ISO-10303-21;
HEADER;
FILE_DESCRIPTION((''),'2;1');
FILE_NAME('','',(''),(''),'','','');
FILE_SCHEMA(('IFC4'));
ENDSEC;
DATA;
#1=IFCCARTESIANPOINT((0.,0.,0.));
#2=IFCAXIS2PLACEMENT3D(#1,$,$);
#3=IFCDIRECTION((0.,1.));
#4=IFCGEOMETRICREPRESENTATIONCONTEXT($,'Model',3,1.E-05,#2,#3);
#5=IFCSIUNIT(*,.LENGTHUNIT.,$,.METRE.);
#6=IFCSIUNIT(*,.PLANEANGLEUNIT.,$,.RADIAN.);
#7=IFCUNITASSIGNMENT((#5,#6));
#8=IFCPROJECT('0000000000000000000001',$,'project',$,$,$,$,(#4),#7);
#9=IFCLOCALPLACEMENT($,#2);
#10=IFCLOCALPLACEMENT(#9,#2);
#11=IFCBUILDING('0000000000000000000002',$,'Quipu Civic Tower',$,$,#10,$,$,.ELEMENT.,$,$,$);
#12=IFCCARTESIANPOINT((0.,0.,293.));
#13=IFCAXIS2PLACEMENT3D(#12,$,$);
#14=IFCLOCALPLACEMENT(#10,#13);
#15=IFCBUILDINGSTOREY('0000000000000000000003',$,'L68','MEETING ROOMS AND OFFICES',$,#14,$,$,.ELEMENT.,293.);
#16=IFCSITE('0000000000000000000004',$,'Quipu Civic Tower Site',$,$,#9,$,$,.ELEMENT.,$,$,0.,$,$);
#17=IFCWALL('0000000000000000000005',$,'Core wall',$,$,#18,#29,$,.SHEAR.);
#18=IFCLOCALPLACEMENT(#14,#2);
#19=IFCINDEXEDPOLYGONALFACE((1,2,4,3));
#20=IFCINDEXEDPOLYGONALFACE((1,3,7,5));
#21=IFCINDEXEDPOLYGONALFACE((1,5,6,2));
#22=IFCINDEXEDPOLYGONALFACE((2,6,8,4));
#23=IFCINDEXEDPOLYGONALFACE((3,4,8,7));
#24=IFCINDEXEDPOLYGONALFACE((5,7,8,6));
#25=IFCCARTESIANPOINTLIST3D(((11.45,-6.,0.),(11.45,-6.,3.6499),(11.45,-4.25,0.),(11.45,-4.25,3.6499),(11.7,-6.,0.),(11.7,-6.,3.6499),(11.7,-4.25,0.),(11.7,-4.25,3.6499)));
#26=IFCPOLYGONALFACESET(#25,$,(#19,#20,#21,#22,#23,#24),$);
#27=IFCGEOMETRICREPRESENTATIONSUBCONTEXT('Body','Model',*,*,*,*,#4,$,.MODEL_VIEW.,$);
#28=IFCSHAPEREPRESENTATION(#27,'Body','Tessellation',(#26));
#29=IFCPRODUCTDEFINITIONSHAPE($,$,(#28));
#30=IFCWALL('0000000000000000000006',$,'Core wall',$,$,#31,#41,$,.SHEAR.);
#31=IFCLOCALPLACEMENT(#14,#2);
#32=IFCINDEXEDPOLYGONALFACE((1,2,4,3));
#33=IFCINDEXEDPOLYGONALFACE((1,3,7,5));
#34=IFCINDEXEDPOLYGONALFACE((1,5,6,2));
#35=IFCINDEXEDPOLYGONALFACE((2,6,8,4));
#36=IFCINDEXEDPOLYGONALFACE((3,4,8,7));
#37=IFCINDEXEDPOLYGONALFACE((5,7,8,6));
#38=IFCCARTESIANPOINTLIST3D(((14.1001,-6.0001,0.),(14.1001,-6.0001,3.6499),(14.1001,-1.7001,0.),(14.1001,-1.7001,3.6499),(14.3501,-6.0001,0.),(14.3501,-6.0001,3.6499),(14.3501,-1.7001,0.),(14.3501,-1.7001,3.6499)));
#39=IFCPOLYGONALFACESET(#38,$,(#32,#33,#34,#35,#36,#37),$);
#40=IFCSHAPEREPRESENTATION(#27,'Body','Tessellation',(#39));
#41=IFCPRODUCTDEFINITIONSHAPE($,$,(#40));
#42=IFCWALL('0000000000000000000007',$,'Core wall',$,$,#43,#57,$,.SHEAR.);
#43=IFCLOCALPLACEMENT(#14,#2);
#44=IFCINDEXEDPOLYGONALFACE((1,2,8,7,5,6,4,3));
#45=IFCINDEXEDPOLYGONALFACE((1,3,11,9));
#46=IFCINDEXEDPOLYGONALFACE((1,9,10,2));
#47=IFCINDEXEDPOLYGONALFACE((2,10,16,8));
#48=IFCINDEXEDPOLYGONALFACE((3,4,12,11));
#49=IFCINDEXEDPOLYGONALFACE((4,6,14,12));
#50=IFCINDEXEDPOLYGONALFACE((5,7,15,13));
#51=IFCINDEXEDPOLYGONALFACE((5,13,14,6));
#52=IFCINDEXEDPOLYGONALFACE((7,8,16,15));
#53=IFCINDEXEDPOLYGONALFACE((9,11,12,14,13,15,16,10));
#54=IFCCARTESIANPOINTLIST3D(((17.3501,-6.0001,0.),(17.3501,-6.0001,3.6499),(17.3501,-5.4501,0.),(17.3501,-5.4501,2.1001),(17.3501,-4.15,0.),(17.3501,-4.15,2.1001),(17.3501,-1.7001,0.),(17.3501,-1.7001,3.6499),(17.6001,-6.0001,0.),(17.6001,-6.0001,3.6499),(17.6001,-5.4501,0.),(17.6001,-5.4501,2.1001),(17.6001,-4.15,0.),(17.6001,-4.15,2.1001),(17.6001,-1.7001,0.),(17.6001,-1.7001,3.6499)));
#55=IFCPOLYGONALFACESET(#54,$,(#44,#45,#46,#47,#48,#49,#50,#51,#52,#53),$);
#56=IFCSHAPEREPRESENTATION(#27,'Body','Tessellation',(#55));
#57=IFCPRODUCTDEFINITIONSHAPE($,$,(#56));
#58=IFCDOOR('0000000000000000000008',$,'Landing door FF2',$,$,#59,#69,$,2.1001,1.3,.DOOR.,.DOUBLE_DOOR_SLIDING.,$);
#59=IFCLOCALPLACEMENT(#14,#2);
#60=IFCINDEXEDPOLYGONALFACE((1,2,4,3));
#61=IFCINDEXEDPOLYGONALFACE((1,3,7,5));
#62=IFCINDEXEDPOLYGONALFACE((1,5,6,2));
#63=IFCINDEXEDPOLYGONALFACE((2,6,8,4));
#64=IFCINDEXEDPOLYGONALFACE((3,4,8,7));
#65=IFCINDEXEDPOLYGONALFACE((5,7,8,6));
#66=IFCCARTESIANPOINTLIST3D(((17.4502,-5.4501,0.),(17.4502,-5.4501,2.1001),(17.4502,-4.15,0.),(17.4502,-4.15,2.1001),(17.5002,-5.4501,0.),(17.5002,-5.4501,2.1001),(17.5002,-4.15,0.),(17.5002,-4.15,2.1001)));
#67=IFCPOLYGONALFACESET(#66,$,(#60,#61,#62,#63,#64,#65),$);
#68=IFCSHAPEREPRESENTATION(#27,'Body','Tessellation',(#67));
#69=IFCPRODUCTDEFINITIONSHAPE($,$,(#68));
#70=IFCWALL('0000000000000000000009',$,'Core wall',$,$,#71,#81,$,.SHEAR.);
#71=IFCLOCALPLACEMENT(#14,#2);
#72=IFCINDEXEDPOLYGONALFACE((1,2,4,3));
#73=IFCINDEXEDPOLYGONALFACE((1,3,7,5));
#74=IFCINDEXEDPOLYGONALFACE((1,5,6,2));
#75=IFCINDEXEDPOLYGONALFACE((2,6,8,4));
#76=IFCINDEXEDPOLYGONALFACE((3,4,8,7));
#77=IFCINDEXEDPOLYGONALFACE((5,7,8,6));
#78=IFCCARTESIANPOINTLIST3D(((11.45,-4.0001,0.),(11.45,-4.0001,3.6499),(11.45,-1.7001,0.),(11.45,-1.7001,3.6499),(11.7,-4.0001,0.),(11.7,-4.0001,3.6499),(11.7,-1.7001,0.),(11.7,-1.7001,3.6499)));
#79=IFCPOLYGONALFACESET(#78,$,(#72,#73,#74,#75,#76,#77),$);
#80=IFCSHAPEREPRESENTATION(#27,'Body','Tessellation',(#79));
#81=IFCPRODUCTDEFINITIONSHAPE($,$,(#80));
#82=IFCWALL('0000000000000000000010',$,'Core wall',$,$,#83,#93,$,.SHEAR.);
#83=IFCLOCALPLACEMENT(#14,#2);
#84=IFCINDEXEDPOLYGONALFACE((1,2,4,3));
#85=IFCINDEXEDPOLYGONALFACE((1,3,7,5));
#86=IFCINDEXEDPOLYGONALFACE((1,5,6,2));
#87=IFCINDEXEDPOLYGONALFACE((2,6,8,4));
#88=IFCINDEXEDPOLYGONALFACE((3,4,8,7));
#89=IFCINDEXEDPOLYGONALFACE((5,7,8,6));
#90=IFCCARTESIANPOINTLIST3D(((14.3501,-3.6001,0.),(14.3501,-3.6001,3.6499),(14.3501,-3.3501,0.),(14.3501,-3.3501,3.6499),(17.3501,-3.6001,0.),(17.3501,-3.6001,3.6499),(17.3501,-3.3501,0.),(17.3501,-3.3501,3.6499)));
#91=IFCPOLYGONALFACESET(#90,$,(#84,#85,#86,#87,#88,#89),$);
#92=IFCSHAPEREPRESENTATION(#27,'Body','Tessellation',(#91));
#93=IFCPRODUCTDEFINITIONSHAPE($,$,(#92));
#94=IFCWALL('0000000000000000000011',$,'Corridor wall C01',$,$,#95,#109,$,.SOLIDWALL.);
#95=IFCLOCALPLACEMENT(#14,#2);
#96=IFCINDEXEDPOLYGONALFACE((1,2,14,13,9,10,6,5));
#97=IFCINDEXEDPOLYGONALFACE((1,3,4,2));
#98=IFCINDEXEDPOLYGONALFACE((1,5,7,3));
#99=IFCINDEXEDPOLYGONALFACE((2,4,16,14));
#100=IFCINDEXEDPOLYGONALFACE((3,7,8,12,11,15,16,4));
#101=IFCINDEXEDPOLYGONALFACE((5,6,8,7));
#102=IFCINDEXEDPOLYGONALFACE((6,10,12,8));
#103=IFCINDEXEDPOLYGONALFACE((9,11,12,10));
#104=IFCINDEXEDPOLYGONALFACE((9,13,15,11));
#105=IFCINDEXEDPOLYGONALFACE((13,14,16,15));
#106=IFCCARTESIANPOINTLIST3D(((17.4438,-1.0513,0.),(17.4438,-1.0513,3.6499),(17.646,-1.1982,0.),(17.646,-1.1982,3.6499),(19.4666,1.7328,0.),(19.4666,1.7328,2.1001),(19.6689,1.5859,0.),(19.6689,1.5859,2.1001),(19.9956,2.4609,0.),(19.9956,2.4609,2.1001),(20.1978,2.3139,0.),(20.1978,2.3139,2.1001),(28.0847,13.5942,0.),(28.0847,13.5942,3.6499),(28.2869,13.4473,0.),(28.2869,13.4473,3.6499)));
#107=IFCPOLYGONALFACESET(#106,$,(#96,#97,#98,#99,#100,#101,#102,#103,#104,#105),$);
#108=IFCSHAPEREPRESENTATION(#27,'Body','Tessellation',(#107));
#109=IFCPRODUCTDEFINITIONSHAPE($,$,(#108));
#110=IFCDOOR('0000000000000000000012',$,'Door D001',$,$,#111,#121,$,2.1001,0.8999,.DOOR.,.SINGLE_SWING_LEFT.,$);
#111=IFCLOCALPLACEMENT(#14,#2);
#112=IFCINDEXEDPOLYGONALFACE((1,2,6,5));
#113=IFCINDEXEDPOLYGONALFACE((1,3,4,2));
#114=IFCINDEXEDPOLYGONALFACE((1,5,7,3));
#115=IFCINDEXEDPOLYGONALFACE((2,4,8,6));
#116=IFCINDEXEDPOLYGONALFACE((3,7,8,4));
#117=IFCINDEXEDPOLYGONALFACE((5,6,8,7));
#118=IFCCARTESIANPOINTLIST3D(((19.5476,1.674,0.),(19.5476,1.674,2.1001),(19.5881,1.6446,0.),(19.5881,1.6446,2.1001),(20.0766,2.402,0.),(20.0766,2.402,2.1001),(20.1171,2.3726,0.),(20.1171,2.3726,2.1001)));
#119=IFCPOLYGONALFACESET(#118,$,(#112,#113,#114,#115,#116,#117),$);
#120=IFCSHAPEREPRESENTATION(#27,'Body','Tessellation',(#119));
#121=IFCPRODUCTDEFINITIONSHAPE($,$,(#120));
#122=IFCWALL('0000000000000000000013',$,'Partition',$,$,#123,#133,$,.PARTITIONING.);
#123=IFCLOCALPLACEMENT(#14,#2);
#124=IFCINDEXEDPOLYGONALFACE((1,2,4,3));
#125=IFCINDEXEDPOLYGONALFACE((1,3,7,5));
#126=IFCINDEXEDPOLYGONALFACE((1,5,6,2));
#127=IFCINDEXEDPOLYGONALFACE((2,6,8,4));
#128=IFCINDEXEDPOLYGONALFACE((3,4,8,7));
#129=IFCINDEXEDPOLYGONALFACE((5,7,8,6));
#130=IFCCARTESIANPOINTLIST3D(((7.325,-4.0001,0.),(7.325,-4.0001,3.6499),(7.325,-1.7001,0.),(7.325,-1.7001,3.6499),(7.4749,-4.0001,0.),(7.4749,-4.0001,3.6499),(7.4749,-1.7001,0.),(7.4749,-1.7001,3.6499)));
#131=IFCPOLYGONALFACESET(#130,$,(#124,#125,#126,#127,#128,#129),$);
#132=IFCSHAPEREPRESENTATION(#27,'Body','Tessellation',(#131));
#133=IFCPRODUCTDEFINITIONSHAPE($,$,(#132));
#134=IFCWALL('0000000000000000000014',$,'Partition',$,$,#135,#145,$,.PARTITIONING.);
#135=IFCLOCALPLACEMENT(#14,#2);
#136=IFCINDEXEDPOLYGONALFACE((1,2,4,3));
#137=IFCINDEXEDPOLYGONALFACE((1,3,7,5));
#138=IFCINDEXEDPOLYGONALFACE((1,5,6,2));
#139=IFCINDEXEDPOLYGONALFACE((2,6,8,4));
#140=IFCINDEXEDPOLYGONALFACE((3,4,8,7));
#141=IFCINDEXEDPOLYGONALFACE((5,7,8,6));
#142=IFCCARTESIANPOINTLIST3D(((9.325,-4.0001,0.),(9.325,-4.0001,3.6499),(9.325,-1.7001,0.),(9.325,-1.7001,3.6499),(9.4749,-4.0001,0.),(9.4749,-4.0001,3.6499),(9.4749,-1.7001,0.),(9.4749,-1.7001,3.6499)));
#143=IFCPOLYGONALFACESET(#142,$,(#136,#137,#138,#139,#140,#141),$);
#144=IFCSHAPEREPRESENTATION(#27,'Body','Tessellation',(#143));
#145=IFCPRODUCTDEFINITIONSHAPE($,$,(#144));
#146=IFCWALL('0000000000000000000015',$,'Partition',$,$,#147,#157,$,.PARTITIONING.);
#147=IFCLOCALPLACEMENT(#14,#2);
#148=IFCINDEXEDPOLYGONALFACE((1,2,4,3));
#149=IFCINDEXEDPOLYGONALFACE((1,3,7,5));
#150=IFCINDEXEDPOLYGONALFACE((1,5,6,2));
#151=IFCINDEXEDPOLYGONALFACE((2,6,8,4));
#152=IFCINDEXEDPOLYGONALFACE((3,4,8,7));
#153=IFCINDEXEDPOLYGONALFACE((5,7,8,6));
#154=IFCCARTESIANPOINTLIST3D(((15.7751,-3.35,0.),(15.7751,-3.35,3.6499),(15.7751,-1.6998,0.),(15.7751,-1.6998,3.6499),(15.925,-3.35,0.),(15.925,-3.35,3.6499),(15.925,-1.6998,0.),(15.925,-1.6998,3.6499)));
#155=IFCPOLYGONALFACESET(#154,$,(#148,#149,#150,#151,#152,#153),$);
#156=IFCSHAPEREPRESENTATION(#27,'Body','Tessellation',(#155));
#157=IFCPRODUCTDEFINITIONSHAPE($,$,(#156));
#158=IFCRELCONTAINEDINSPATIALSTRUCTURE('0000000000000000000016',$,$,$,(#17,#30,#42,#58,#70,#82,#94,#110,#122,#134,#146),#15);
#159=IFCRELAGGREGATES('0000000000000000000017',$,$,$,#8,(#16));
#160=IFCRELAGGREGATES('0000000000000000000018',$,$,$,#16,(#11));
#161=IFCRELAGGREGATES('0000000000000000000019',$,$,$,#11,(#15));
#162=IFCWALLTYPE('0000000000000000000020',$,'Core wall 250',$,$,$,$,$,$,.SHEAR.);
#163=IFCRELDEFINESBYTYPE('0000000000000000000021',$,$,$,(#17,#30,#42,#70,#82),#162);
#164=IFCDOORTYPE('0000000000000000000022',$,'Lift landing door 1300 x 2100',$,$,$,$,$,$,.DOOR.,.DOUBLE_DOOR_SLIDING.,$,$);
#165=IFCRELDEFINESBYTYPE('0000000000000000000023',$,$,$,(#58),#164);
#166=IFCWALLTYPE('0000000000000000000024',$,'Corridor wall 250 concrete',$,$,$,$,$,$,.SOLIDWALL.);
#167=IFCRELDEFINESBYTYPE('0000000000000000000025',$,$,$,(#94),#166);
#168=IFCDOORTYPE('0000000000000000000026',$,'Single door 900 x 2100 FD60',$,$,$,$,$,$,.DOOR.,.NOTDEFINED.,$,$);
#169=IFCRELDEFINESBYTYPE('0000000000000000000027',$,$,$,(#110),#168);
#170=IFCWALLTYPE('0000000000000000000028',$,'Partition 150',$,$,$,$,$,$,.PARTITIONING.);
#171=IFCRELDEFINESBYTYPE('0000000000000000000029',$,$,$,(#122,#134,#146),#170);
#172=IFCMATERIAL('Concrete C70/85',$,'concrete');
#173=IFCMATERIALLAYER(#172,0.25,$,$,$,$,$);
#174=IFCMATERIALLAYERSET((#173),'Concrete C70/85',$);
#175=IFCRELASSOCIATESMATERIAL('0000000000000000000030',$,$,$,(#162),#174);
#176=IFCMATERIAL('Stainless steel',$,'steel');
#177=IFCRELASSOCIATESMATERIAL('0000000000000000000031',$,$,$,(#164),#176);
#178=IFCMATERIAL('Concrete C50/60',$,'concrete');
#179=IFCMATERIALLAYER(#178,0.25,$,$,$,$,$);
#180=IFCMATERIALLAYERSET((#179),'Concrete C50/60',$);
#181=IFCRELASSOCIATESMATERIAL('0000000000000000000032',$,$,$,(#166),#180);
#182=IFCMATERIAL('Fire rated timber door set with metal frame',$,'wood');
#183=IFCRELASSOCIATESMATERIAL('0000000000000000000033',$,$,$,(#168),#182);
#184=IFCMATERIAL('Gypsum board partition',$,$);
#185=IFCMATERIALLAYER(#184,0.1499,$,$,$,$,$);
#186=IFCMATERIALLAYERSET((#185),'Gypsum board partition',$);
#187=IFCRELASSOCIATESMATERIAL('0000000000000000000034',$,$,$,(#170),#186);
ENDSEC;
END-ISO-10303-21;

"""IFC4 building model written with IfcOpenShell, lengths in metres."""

from ifc_helpers import new_model, si_unit, direction, frame, frame_2d, origin, place, context, subcontext, project, spatial, rectangle, extrude, material, layer, layer_set, type_object, element, fill, save


model = new_model("IFC4")

# Units and contexts
model_context = context("Model", 3, precision=1e-05, world=origin(), true_north=direction((0.0, 1.0)))
body_context = subcontext(model_context, "Body", "Model", "MODEL_VIEW")
ifc_project = project(units=[si_unit("LENGTHUNIT", "METRE"), si_unit("PLANEANGLEUNIT", "RADIAN")], contexts=[model_context])

# Site, building, storey
site_placement = place(None, origin())
site = spatial("IfcSite", under=ifc_project, at=site_placement, Name="Quipu Civic Tower Site", CompositionType="ELEMENT", RefElevation=0.0)
building_placement = place(site_placement, origin())
building = spatial("IfcBuilding", under=site, at=building_placement, Name="Quipu Civic Tower", CompositionType="ELEMENT")
storey_placement = place(building_placement, frame((0.0, 0.0, 293.0)))
storey = spatial("IfcBuildingStorey", under=building, at=storey_placement, Name="L68", Description="MEETING ROOMS AND OFFICES", CompositionType="ELEMENT", Elevation=293.0)

# Walls
ifc_material_1 = material(Name="Concrete C70/85", Category="concrete")
ifc_layer_1 = layer(ifc_material_1, 0.25)
ifc_layer_set_1 = layer_set([ifc_layer_1], Name="Concrete C70/85")
wall_type_1 = type_object("IfcWallType", Name="Core wall 250", PredefinedType="SHEAR", material=ifc_layer_set_1)
wall_1_placement = place(storey_placement, frame((11.575, -6.0, 0.0), z_axis=(0.0, 0.0, 1.0), x_axis=(0.0, 1.0, 0.0)))
element("IfcWall", 1, at=wall_1_placement, inside=storey, type_object=wall_type_1, Name="Core wall", PredefinedType="SHEAR", context=body_context, shape_type="SweptSolid", body=[
    extrude(rectangle(XDim=1.75, YDim=0.25, at=frame_2d((0.875, 0.0))), origin(), (0.0, 0.0, 1.0), 3.6499),
])
wall_2_placement = place(storey_placement, frame((14.2251, -6.0, 0.0), z_axis=(0.0, 0.0, 1.0), x_axis=(0.0, 1.0, 0.0)))
element("IfcWall", 2, at=wall_2_placement, inside=storey, type_object=wall_type_1, Name="Core wall", PredefinedType="SHEAR", context=body_context, shape_type="SweptSolid", body=[
    extrude(rectangle(XDim=4.3, YDim=0.25, at=frame_2d((2.1499, 0.0))), origin(), (0.0, 0.0, 1.0), 3.6499),
])

# Wall, opening, door
wall_3_placement = place(storey_placement, frame((17.4751, -6.0, 0.0), z_axis=(0.0, 0.0, 1.0), x_axis=(0.0, 1.0, 0.0)))
wall_3 = element("IfcWall", 3, at=wall_3_placement, inside=storey, type_object=wall_type_1, Name="Core wall", PredefinedType="SHEAR", context=body_context, shape_type="SweptSolid", body=[
    extrude(rectangle(XDim=4.3, YDim=0.25, at=frame_2d((2.1499, 0.0))), origin(), (0.0, 0.0, 1.0), 3.6499),
])
opening_1_placement = place(wall_3_placement, frame((0.55, 0.0, 0.0)))
opening_1 = element("IfcOpeningElement", 4, at=opening_1_placement, cuts=wall_3, PredefinedType="OPENING", context=body_context, shape_type="SweptSolid", body=[
    extrude(rectangle(XDim=1.3, YDim=2.1001, at=frame_2d((0.6499, 1.05))), frame((0.0, 0.135, 0.0), z_axis=(0.0, -1.0, 0.0), x_axis=(1.0, 0.0, 0.0)), (0.0, 0.0, 1.0), 0.27),
])
ifc_material_2 = material(Name="Stainless steel", Category="steel")
door_type_1 = type_object("IfcDoorType", Name="Lift landing door 1300 x 2100", OperationType="DOUBLE_DOOR_SLIDING", PredefinedType="DOOR", material=ifc_material_2)
door_1_placement = place(opening_1_placement, origin())
door_1 = element("IfcDoor", 5, at=door_1_placement, inside=storey, type_object=door_type_1, Name="Landing door FF2", OperationType="DOUBLE_DOOR_SLIDING", OverallHeight=2.1001, OverallWidth=1.3, PredefinedType="DOOR", context=body_context, shape_type="SweptSolid", body=[
    extrude(rectangle(XDim=1.3, YDim=2.1001, at=frame_2d((0.6499, 1.05))), frame((0.0, 0.0249, 0.0), z_axis=(0.0, -1.0, 0.0), x_axis=(1.0, 0.0, 0.0)), (0.0, 0.0, 1.0), 0.05),
])
fill(opening_1, door_1)

# Walls
wall_4_placement = place(storey_placement, frame((11.575, -4.0, 0.0), z_axis=(0.0, 0.0, 1.0), x_axis=(0.0, 1.0, 0.0)))
element("IfcWall", 6, at=wall_4_placement, inside=storey, type_object=wall_type_1, Name="Core wall", PredefinedType="SHEAR", context=body_context, shape_type="SweptSolid", body=[
    extrude(rectangle(XDim=2.3, YDim=0.25, at=frame_2d((1.1499, 0.0))), origin(), (0.0, 0.0, 1.0), 3.6499),
])
wall_5_placement = place(storey_placement, frame((14.3501, -3.4751, 0.0), z_axis=(0.0, 0.0, 1.0), x_axis=(1.0, 0.0, 0.0)))
element("IfcWall", 7, at=wall_5_placement, inside=storey, type_object=wall_type_1, Name="Core wall", PredefinedType="SHEAR", context=body_context, shape_type="SweptSolid", body=[
    extrude(rectangle(XDim=3.0, YDim=0.25, at=frame_2d((1.5, 0.0))), origin(), (0.0, 0.0, 1.0), 3.6499),
])

# Wall, opening, door
ifc_material_3 = material(Name="Concrete C50/60", Category="concrete")
ifc_layer_2 = layer(ifc_material_3, 0.25)
ifc_layer_set_2 = layer_set([ifc_layer_2], Name="Concrete C50/60")
wall_type_2 = type_object("IfcWallType", Name="Corridor wall 250 concrete", PredefinedType="SOLIDWALL", material=ifc_layer_set_2)
wall_6_placement = place(storey_placement, frame((17.5449, -1.1248, 0.0), z_axis=(0.0, 0.0, 1.0), x_axis=(0.587796, 0.80901, 0.0)))
wall_6 = element("IfcWall", 8, at=wall_6_placement, inside=storey, type_object=wall_type_2, Name="Corridor wall C01", PredefinedType="SOLIDWALL", context=body_context, shape_type="SweptSolid", body=[
    extrude(rectangle(XDim=18.103, YDim=0.25, at=frame_2d((9.0515, 0.0))), origin(), (0.0, 0.0, 1.0), 3.6499),
])
opening_2_placement = place(wall_6_placement, frame((3.4414, 0.0, 0.0)))
opening_2 = element("IfcOpeningElement", 9, at=opening_2_placement, cuts=wall_6, PredefinedType="OPENING", context=body_context, shape_type="SweptSolid", body=[
    extrude(rectangle(XDim=0.8999, YDim=2.1001, at=frame_2d((0.45, 1.05))), frame((0.0, 0.135, 0.0), z_axis=(0.0, -1.0, 0.0), x_axis=(1.0, 0.0, 0.0)), (0.0, 0.0, 1.0), 0.27),
])
ifc_material_4 = material(Name="Fire rated timber door set with metal frame", Category="wood")
door_type_2 = type_object("IfcDoorType", Name="Single door 900 x 2100 FD60", OperationType="NOTDEFINED", PredefinedType="DOOR", material=ifc_material_4)
door_2_placement = place(opening_2_placement, origin())
door_2 = element("IfcDoor", 10, at=door_2_placement, inside=storey, type_object=door_type_2, Name="Door D001", OperationType="SINGLE_SWING_LEFT", OverallHeight=2.1001, OverallWidth=0.8999, PredefinedType="DOOR", context=body_context, shape_type="SweptSolid", body=[
    extrude(rectangle(XDim=0.8999, YDim=2.1001, at=frame_2d((0.45, 1.05))), frame((0.0, 0.0249, 0.0), z_axis=(0.0, -1.0, 0.0), x_axis=(1.0, 0.0, 0.0)), (0.0, 0.0, 1.0), 0.05),
])
fill(opening_2, door_2)

# Walls
ifc_material_5 = material(Name="Gypsum board partition")
ifc_layer_3 = layer(ifc_material_5, 0.1499)
ifc_layer_set_3 = layer_set([ifc_layer_3], Name="Gypsum board partition")
wall_type_3 = type_object("IfcWallType", Name="Partition 150", PredefinedType="PARTITIONING", material=ifc_layer_set_3)
for number, where, z_axis, x_axis, name in (
    (11, (7.3999, -4.0, 0.0), (0.0, 0.0, 1.0), (0.0, 1.0, 0.0), "Partition"),
    (12, (9.3999, -4.0, 0.0), (0.0, 0.0, 1.0), (0.0, 1.0, 0.0), "Partition"),
):
    element("IfcWall", number, at=place(storey_placement, frame(where, z_axis=z_axis, x_axis=x_axis)), inside=storey, type_object=wall_type_3, Name=name, PredefinedType="PARTITIONING", context=body_context, shape_type="SweptSolid", body=[
        extrude(rectangle(XDim=2.3, YDim=0.1499, at=frame_2d((1.1499, 0.0))), origin(), (0.0, 0.0, 1.0), 3.6499),
    ])
wall_7_placement = place(storey_placement, frame((15.8501, -3.3501, 0.0), z_axis=(0.0, 0.0, 1.0), x_axis=(0.0, 1.0, 0.0)))
element("IfcWall", 13, at=wall_7_placement, inside=storey, type_object=wall_type_3, Name="Partition", PredefinedType="PARTITIONING", context=body_context, shape_type="SweptSolid", body=[
    extrude(rectangle(XDim=1.6501, YDim=0.1499, at=frame_2d((0.8252, 0.0))), origin(), (0.0, 0.0, 1.0), 3.6499),
])

save(model, "model.ifc")
